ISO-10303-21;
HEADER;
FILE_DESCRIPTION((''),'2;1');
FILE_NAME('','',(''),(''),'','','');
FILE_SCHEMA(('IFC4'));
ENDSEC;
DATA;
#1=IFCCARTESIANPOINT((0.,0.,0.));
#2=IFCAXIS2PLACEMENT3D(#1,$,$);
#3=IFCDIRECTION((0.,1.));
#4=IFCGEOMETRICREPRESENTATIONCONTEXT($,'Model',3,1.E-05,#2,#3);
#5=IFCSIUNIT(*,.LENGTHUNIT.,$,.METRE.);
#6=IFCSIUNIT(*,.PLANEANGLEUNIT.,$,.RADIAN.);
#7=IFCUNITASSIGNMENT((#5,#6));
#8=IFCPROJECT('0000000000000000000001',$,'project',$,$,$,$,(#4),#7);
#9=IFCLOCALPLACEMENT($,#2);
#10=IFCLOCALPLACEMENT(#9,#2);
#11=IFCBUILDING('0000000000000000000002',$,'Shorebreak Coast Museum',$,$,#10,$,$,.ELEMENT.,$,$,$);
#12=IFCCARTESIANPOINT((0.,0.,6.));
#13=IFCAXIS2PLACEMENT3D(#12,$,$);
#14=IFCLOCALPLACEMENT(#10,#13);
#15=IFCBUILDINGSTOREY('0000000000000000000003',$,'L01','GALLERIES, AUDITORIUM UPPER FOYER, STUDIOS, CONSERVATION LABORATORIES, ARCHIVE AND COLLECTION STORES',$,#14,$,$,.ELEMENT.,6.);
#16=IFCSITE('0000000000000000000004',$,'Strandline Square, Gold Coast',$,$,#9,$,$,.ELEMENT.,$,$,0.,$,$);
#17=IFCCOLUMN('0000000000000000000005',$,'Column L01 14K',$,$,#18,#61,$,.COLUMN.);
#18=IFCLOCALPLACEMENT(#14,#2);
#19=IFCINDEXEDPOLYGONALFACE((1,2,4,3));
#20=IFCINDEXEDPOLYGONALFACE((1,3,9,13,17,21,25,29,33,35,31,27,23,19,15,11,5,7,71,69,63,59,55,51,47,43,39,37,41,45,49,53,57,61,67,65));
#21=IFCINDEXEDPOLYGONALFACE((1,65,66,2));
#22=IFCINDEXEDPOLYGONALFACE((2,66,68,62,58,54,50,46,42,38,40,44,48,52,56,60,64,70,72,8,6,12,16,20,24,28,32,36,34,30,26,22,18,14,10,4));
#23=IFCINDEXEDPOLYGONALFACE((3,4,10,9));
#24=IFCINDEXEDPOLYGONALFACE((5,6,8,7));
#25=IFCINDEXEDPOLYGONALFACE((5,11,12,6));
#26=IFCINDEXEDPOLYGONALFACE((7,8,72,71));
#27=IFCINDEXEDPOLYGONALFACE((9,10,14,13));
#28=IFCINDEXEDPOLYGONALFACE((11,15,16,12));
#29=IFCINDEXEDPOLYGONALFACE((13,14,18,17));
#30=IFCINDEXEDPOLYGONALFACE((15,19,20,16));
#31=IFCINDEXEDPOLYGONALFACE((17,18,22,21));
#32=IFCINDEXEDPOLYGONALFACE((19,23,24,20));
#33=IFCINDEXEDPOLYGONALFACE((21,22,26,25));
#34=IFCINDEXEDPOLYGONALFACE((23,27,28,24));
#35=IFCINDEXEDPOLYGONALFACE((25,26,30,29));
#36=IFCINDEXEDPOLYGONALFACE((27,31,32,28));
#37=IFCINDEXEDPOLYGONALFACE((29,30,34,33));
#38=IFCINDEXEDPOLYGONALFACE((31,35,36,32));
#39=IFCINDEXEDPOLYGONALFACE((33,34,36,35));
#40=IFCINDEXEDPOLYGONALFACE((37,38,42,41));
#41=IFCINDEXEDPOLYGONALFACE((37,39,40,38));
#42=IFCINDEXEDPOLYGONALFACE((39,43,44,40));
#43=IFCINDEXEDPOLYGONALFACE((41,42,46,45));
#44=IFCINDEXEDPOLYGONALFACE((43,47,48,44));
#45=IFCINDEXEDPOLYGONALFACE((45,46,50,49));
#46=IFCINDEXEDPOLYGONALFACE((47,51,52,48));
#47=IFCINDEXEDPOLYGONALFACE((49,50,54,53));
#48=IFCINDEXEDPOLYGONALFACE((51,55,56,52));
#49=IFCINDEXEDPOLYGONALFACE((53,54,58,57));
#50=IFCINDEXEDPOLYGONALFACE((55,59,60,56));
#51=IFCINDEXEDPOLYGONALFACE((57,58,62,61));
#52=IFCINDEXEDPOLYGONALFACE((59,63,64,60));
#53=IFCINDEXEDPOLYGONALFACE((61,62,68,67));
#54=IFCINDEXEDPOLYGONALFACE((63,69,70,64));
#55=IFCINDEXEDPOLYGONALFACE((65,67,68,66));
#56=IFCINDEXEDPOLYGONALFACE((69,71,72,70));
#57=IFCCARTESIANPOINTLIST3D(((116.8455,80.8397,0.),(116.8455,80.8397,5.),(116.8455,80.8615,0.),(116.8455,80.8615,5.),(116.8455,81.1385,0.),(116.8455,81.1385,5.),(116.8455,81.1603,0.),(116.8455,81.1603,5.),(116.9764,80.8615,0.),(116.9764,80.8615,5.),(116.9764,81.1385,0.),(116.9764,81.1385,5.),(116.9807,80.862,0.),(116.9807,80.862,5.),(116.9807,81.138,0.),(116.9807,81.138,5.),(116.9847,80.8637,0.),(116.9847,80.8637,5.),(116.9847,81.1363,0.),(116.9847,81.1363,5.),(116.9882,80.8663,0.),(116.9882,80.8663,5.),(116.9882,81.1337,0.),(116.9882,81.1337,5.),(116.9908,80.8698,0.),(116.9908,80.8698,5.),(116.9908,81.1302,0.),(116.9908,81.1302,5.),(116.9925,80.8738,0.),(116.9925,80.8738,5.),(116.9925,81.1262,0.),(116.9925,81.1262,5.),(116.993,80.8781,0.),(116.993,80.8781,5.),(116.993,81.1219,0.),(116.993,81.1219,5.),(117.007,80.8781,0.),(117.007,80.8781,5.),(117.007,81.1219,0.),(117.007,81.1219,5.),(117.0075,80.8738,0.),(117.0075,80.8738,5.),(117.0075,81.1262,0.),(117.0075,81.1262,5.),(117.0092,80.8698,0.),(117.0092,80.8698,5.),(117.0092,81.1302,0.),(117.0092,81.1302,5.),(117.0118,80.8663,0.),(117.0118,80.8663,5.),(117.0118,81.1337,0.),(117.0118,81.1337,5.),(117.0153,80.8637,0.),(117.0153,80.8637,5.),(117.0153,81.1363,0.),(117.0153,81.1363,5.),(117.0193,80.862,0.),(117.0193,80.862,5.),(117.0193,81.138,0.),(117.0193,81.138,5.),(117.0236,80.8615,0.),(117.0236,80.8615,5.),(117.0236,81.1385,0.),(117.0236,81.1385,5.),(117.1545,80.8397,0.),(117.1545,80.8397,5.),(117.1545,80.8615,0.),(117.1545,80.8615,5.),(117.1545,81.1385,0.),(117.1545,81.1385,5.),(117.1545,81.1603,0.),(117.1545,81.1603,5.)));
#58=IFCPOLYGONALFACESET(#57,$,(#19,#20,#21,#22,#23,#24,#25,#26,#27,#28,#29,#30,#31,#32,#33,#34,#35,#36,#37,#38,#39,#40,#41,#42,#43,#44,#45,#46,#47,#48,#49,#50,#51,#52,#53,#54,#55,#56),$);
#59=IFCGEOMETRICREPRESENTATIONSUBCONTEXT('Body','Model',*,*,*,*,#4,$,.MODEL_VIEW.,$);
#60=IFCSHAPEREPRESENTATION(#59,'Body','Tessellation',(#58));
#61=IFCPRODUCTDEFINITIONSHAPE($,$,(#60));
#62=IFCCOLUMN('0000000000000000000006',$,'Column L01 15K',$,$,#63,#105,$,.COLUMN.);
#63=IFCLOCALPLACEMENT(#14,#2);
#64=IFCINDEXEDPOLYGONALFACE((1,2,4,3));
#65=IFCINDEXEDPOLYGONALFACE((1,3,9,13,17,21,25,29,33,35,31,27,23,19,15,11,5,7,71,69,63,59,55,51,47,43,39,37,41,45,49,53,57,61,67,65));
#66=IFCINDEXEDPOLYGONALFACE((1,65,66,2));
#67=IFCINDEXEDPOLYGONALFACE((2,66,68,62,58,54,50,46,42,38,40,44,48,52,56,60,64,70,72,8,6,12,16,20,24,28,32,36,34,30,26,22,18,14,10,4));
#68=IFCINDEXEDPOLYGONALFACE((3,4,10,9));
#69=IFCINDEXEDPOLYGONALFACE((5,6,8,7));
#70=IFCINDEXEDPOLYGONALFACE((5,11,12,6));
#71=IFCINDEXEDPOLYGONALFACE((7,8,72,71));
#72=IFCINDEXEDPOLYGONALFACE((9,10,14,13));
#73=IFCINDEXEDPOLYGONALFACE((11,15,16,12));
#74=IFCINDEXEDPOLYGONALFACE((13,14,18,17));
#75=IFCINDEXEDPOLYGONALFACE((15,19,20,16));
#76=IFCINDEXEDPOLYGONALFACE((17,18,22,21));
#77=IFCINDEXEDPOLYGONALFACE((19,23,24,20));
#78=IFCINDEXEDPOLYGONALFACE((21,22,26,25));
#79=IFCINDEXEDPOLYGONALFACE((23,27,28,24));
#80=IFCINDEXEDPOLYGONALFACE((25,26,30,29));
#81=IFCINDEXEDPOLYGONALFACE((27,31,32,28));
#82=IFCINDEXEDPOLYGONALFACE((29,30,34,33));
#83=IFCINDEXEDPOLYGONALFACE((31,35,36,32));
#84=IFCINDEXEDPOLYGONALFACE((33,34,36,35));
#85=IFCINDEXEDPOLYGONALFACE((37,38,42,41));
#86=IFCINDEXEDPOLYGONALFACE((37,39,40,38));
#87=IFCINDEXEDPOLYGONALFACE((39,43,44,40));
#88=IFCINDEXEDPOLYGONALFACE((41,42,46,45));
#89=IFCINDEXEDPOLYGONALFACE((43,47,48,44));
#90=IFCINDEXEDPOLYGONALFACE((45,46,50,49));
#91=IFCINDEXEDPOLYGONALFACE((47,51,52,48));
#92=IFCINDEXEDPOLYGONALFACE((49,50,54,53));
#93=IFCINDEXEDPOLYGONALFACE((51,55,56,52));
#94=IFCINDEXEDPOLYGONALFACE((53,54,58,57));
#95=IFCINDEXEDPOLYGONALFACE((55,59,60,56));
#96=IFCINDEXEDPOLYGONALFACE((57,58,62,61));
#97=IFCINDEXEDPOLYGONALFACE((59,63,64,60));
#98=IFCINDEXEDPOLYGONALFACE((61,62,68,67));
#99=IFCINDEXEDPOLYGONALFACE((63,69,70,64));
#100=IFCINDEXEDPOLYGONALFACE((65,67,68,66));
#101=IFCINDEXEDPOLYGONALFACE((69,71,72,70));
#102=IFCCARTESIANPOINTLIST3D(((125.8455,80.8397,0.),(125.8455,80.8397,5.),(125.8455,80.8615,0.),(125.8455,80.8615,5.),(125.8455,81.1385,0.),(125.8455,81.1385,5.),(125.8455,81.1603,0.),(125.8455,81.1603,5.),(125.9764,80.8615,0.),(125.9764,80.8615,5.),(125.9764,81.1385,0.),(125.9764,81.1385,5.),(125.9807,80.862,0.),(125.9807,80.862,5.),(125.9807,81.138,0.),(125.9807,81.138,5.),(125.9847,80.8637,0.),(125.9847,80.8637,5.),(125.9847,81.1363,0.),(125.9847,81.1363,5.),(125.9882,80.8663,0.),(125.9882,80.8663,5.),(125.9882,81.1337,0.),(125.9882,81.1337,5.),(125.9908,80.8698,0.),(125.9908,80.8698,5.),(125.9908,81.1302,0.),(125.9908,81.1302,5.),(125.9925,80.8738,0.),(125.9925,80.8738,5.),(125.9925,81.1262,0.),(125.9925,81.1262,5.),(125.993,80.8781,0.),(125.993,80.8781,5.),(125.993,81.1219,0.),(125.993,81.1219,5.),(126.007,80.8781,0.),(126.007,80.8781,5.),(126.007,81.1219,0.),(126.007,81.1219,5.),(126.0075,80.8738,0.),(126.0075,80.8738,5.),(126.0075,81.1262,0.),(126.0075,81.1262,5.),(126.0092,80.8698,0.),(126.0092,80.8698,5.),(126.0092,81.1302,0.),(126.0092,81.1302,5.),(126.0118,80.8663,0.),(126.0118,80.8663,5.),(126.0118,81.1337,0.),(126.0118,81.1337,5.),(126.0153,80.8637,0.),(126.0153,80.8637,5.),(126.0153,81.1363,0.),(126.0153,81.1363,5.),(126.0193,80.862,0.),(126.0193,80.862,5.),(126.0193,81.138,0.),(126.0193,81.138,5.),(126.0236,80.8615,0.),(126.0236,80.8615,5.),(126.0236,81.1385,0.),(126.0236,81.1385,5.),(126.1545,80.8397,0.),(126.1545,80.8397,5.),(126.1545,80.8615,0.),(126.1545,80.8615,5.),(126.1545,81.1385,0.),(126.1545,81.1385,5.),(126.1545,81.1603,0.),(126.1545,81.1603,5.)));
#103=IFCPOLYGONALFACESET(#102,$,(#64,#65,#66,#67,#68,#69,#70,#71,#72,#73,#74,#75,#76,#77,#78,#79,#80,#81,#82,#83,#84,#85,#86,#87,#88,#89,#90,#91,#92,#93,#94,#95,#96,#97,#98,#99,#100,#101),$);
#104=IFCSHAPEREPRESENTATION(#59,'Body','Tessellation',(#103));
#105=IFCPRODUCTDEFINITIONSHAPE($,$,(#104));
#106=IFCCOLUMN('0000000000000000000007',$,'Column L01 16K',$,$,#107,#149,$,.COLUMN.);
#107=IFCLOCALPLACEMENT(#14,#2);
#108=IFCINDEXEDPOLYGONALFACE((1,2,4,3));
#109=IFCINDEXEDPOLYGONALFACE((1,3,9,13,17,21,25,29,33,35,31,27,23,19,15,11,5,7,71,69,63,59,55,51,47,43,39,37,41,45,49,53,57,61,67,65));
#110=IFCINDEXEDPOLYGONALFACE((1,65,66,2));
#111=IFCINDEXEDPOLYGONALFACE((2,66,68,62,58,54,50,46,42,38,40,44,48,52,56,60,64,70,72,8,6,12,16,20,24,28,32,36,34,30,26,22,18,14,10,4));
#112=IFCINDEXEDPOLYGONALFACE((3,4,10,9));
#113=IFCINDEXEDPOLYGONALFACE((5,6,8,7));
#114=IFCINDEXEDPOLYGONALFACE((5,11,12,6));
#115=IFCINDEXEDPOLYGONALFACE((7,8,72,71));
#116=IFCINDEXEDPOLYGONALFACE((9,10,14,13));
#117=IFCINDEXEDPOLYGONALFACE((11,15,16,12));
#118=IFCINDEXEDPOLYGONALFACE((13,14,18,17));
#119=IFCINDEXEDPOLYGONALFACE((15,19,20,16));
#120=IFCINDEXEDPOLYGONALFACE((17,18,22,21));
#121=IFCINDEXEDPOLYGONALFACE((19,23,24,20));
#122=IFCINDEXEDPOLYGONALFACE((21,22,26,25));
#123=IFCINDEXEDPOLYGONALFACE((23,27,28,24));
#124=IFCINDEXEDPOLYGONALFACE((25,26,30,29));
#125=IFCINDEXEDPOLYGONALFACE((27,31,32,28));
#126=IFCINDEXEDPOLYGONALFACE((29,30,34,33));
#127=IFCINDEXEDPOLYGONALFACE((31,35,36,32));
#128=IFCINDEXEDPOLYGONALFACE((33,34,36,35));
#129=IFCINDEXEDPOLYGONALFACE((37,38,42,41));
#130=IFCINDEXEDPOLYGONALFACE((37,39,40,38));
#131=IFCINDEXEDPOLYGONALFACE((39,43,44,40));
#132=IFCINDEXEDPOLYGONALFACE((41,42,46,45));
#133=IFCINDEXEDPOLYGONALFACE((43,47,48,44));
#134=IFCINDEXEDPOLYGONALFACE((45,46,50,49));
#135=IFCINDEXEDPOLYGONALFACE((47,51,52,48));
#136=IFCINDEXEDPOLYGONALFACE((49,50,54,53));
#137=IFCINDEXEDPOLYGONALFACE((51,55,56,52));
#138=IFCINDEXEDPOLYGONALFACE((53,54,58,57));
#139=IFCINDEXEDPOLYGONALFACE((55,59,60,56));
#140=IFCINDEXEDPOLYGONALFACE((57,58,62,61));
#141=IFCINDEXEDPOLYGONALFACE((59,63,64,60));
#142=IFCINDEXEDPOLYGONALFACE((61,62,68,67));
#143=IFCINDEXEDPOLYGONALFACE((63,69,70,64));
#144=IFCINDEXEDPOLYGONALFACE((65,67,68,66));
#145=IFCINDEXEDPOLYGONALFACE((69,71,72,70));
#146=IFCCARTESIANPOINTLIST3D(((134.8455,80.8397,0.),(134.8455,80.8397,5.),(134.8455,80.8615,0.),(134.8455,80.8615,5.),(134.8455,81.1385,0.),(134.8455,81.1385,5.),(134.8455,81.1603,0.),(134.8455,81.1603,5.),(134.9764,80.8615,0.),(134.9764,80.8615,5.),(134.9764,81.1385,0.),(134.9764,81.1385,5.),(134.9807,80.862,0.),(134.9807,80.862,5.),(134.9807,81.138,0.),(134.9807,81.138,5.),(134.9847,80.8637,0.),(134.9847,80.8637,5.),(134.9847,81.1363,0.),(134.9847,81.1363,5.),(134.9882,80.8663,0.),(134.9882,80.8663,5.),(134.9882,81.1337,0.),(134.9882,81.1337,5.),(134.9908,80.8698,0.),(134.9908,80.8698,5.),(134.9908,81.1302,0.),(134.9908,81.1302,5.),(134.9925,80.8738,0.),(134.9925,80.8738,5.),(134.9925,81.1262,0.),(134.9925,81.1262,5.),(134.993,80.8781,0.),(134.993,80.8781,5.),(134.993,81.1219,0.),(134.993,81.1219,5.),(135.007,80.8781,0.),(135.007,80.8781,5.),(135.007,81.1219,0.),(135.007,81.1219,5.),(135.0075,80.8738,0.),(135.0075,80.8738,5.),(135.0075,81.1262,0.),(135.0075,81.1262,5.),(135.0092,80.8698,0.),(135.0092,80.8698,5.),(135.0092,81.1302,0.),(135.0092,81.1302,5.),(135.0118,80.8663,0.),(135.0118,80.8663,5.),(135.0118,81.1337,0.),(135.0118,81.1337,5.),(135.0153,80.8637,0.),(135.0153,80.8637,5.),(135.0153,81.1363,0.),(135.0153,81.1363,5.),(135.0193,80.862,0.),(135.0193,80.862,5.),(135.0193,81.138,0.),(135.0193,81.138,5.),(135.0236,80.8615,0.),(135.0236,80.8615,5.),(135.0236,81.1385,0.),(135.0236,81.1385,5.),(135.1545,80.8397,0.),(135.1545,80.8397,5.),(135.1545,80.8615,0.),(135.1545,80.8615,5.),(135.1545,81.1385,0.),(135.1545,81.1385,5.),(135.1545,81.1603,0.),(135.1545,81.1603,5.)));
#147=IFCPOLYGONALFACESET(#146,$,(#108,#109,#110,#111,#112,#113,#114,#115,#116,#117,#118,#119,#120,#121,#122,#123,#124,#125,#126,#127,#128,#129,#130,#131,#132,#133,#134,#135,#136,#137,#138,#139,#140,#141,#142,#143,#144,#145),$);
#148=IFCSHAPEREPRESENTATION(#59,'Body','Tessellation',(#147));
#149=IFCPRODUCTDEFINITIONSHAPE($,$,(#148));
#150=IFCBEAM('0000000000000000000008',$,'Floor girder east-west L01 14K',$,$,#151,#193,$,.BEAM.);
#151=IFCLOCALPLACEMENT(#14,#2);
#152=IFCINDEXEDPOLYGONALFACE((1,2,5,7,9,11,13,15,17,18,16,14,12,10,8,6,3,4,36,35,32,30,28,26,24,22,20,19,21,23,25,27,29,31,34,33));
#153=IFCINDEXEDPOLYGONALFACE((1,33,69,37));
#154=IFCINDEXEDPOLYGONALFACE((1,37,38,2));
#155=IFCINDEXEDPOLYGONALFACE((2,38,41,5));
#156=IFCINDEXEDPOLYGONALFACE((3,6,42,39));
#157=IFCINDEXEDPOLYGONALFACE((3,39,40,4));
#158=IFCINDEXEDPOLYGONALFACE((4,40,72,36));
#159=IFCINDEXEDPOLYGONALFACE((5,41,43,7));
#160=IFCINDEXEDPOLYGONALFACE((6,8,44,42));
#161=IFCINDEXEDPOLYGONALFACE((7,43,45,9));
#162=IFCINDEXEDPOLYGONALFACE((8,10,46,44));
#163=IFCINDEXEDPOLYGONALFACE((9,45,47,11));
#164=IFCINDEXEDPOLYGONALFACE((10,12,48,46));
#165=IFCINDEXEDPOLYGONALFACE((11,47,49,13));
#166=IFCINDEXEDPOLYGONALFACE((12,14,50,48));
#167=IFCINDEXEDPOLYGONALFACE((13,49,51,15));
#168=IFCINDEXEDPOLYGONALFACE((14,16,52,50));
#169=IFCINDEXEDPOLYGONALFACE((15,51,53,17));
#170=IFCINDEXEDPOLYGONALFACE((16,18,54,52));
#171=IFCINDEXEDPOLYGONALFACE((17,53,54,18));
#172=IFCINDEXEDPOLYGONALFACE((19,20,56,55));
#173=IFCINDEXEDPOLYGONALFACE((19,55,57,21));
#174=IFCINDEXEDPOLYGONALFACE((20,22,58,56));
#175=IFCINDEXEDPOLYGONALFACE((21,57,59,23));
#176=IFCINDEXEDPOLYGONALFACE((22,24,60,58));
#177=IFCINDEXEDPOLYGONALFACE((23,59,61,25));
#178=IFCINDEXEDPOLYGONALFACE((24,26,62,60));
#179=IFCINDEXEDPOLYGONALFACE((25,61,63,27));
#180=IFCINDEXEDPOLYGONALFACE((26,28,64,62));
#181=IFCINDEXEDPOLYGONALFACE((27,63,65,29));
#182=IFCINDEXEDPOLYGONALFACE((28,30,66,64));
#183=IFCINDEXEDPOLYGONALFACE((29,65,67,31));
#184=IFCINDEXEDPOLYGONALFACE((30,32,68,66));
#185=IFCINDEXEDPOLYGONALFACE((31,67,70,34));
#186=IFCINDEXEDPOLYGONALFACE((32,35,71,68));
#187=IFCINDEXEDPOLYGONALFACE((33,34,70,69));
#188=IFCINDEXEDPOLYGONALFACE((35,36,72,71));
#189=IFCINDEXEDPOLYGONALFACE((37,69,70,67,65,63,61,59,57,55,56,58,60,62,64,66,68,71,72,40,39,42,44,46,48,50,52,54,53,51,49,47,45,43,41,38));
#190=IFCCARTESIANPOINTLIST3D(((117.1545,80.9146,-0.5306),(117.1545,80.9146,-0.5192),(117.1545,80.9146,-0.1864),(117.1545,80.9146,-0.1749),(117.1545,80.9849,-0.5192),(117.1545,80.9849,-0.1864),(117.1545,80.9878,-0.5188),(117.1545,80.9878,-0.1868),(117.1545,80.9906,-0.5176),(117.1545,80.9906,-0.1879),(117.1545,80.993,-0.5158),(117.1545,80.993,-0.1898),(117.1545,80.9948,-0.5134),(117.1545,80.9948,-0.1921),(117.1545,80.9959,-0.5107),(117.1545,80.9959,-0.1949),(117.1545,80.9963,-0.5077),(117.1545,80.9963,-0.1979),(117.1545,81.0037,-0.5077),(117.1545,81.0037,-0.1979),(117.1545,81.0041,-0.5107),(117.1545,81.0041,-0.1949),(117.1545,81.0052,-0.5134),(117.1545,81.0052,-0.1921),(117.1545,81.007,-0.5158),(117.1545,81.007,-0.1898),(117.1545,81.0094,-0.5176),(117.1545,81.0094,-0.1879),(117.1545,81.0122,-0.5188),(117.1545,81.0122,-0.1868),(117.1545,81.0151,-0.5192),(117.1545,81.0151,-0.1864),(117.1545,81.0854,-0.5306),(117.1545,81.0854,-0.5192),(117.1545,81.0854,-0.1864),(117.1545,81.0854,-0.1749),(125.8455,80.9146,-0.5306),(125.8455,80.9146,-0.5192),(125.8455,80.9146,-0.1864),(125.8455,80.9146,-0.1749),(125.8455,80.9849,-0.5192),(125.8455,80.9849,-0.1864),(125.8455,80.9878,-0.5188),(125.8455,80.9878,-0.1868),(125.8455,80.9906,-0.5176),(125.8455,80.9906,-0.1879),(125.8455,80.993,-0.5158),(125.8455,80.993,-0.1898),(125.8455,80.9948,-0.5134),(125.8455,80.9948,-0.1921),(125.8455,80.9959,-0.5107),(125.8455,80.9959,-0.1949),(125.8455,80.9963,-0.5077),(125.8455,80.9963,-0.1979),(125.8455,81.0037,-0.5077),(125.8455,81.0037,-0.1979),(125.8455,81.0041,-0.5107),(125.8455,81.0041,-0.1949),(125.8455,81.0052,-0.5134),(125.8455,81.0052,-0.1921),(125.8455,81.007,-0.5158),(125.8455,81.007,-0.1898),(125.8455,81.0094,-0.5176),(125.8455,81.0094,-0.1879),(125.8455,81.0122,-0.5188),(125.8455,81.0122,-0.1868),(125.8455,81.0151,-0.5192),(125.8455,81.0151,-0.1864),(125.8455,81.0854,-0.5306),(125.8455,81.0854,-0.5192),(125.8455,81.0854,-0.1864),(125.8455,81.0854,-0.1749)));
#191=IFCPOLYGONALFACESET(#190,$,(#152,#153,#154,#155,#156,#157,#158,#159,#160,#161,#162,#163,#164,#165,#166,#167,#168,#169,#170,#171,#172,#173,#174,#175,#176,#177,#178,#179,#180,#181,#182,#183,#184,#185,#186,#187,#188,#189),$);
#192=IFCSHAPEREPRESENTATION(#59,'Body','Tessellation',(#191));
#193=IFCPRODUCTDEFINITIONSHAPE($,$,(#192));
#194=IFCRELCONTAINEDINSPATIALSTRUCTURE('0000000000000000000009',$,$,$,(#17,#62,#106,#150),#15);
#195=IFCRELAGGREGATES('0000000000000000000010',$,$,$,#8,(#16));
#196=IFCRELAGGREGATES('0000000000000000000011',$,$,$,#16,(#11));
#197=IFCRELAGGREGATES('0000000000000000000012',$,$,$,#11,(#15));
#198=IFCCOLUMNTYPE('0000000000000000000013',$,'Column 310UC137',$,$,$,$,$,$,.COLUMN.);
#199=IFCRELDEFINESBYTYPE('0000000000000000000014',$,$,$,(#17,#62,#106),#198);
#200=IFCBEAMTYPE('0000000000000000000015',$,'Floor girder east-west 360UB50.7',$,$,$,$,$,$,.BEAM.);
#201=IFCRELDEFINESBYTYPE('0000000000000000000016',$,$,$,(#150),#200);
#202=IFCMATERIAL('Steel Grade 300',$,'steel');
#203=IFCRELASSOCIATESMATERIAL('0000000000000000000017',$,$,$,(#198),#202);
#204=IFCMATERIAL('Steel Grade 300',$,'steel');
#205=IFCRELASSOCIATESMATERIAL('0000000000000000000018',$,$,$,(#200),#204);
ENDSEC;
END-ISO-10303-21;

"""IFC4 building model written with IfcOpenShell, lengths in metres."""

from ifc_helpers import new_model, si_unit, direction, frame, origin, origin_2d, place, context, subcontext, project, spatial, i_section, extrude, material, material_profile, profile_set, type_object, element, save


model = new_model("IFC4")

# Units and contexts
model_context = context("Model", 3, precision=1e-05, world=origin(), true_north=direction((0.0, 1.0)))
body_context = subcontext(model_context, "Body", "Model", "MODEL_VIEW")
ifc_project = project(units=[si_unit("LENGTHUNIT", "METRE"), si_unit("PLANEANGLEUNIT", "RADIAN")], contexts=[model_context])

# Site, building, storey
site_placement = place(None, origin())
site = spatial("IfcSite", under=ifc_project, at=site_placement, Name="Strandline Square, Gold Coast", CompositionType="ELEMENT", RefElevation=0.0)
building_placement = place(site_placement, origin())
building = spatial("IfcBuilding", under=site, at=building_placement, Name="Shorebreak Coast Museum", CompositionType="ELEMENT")
storey_placement = place(building_placement, frame((0.0, 0.0, 6.0)))
storey = spatial("IfcBuildingStorey", under=building, at=storey_placement, Name="L01", Description="GALLERIES, AUDITORIUM UPPER FOYER, STUDIOS, CONSERVATION LABORATORIES, ARCHIVE AND COLLECTION STORES", CompositionType="ELEMENT", Elevation=6.0)

# Columns
ifc_material_1 = material(Name="Steel Grade 300", Category="steel")
ifc_material_profile_1 = material_profile(ifc_material_1, i_section(OverallWidth=0.3091, OverallDepth=0.3206, WebThickness=0.0139, FlangeThickness=0.0217, FilletRadius=0.0166, at=origin_2d()), Name="310UC137")
ifc_profile_set_1 = profile_set([ifc_material_profile_1], Name="Steel Grade 300")
column_type = type_object("IfcColumnType", Name="Column 310UC137", PredefinedType="COLUMN", material=ifc_profile_set_1)
for number, where, z_axis, x_axis, name in (
    (1, (117.0, 81.0, 0.0), (0.0, 0.0, 1.0), (1.0, 0.0, 0.0), "Column L01 14K"),
    (2, (126.0, 81.0, 0.0), (0.0, 0.0, 1.0), (1.0, 0.0, 0.0), "Column L01 15K"),
    (3, (135.0, 81.0, 0.0), (0.0, 0.0, 1.0), (1.0, 0.0, 0.0), "Column L01 16K"),
):
    element("IfcColumn", number, at=place(storey_placement, frame(where, z_axis=z_axis, x_axis=x_axis)), inside=storey, type_object=column_type, Name=name, PredefinedType="COLUMN", context=body_context, shape_type="SweptSolid", body=[
        extrude(i_section(OverallWidth=0.3091, OverallDepth=0.3206, WebThickness=0.0139, FlangeThickness=0.0217, FilletRadius=0.0166, at=origin_2d()), origin(), (0.0, 0.0, 1.0), 5.0),
    ])

# Beam
ifc_material_2 = material(Name="Steel Grade 300", Category="steel")
ifc_material_profile_2 = material_profile(ifc_material_2, i_section(OverallWidth=0.1709, OverallDepth=0.3557, WebThickness=0.0073, FlangeThickness=0.0115, FilletRadius=0.0115, at=origin_2d()), Name="360UB50.7")
ifc_profile_set_2 = profile_set([ifc_material_profile_2], Name="Steel Grade 300")
beam_type_1 = type_object("IfcBeamType", Name="Floor girder east-west 360UB50.7", PredefinedType="BEAM", material=ifc_profile_set_2)
for number, where, z_axis, x_axis, name in (
    (4, (117.1545, 81.0, -0.3528), (1.0, 0.0, 0.0), (0.0, 1.0, 0.0), "Floor girder east-west L01 14K"),
):
    element("IfcBeam", number, at=place(storey_placement, frame(where, z_axis=z_axis, x_axis=x_axis)), inside=storey, type_object=beam_type_1, Name=name, PredefinedType="BEAM", context=body_context, shape_type="SweptSolid", body=[
        extrude(i_section(OverallWidth=0.1709, OverallDepth=0.3557, WebThickness=0.0073, FlangeThickness=0.0115, FilletRadius=0.0115, at=origin_2d()), origin(), (0.0, 0.0, 1.0), 8.6909),
    ])

save(model, "model.ifc")
